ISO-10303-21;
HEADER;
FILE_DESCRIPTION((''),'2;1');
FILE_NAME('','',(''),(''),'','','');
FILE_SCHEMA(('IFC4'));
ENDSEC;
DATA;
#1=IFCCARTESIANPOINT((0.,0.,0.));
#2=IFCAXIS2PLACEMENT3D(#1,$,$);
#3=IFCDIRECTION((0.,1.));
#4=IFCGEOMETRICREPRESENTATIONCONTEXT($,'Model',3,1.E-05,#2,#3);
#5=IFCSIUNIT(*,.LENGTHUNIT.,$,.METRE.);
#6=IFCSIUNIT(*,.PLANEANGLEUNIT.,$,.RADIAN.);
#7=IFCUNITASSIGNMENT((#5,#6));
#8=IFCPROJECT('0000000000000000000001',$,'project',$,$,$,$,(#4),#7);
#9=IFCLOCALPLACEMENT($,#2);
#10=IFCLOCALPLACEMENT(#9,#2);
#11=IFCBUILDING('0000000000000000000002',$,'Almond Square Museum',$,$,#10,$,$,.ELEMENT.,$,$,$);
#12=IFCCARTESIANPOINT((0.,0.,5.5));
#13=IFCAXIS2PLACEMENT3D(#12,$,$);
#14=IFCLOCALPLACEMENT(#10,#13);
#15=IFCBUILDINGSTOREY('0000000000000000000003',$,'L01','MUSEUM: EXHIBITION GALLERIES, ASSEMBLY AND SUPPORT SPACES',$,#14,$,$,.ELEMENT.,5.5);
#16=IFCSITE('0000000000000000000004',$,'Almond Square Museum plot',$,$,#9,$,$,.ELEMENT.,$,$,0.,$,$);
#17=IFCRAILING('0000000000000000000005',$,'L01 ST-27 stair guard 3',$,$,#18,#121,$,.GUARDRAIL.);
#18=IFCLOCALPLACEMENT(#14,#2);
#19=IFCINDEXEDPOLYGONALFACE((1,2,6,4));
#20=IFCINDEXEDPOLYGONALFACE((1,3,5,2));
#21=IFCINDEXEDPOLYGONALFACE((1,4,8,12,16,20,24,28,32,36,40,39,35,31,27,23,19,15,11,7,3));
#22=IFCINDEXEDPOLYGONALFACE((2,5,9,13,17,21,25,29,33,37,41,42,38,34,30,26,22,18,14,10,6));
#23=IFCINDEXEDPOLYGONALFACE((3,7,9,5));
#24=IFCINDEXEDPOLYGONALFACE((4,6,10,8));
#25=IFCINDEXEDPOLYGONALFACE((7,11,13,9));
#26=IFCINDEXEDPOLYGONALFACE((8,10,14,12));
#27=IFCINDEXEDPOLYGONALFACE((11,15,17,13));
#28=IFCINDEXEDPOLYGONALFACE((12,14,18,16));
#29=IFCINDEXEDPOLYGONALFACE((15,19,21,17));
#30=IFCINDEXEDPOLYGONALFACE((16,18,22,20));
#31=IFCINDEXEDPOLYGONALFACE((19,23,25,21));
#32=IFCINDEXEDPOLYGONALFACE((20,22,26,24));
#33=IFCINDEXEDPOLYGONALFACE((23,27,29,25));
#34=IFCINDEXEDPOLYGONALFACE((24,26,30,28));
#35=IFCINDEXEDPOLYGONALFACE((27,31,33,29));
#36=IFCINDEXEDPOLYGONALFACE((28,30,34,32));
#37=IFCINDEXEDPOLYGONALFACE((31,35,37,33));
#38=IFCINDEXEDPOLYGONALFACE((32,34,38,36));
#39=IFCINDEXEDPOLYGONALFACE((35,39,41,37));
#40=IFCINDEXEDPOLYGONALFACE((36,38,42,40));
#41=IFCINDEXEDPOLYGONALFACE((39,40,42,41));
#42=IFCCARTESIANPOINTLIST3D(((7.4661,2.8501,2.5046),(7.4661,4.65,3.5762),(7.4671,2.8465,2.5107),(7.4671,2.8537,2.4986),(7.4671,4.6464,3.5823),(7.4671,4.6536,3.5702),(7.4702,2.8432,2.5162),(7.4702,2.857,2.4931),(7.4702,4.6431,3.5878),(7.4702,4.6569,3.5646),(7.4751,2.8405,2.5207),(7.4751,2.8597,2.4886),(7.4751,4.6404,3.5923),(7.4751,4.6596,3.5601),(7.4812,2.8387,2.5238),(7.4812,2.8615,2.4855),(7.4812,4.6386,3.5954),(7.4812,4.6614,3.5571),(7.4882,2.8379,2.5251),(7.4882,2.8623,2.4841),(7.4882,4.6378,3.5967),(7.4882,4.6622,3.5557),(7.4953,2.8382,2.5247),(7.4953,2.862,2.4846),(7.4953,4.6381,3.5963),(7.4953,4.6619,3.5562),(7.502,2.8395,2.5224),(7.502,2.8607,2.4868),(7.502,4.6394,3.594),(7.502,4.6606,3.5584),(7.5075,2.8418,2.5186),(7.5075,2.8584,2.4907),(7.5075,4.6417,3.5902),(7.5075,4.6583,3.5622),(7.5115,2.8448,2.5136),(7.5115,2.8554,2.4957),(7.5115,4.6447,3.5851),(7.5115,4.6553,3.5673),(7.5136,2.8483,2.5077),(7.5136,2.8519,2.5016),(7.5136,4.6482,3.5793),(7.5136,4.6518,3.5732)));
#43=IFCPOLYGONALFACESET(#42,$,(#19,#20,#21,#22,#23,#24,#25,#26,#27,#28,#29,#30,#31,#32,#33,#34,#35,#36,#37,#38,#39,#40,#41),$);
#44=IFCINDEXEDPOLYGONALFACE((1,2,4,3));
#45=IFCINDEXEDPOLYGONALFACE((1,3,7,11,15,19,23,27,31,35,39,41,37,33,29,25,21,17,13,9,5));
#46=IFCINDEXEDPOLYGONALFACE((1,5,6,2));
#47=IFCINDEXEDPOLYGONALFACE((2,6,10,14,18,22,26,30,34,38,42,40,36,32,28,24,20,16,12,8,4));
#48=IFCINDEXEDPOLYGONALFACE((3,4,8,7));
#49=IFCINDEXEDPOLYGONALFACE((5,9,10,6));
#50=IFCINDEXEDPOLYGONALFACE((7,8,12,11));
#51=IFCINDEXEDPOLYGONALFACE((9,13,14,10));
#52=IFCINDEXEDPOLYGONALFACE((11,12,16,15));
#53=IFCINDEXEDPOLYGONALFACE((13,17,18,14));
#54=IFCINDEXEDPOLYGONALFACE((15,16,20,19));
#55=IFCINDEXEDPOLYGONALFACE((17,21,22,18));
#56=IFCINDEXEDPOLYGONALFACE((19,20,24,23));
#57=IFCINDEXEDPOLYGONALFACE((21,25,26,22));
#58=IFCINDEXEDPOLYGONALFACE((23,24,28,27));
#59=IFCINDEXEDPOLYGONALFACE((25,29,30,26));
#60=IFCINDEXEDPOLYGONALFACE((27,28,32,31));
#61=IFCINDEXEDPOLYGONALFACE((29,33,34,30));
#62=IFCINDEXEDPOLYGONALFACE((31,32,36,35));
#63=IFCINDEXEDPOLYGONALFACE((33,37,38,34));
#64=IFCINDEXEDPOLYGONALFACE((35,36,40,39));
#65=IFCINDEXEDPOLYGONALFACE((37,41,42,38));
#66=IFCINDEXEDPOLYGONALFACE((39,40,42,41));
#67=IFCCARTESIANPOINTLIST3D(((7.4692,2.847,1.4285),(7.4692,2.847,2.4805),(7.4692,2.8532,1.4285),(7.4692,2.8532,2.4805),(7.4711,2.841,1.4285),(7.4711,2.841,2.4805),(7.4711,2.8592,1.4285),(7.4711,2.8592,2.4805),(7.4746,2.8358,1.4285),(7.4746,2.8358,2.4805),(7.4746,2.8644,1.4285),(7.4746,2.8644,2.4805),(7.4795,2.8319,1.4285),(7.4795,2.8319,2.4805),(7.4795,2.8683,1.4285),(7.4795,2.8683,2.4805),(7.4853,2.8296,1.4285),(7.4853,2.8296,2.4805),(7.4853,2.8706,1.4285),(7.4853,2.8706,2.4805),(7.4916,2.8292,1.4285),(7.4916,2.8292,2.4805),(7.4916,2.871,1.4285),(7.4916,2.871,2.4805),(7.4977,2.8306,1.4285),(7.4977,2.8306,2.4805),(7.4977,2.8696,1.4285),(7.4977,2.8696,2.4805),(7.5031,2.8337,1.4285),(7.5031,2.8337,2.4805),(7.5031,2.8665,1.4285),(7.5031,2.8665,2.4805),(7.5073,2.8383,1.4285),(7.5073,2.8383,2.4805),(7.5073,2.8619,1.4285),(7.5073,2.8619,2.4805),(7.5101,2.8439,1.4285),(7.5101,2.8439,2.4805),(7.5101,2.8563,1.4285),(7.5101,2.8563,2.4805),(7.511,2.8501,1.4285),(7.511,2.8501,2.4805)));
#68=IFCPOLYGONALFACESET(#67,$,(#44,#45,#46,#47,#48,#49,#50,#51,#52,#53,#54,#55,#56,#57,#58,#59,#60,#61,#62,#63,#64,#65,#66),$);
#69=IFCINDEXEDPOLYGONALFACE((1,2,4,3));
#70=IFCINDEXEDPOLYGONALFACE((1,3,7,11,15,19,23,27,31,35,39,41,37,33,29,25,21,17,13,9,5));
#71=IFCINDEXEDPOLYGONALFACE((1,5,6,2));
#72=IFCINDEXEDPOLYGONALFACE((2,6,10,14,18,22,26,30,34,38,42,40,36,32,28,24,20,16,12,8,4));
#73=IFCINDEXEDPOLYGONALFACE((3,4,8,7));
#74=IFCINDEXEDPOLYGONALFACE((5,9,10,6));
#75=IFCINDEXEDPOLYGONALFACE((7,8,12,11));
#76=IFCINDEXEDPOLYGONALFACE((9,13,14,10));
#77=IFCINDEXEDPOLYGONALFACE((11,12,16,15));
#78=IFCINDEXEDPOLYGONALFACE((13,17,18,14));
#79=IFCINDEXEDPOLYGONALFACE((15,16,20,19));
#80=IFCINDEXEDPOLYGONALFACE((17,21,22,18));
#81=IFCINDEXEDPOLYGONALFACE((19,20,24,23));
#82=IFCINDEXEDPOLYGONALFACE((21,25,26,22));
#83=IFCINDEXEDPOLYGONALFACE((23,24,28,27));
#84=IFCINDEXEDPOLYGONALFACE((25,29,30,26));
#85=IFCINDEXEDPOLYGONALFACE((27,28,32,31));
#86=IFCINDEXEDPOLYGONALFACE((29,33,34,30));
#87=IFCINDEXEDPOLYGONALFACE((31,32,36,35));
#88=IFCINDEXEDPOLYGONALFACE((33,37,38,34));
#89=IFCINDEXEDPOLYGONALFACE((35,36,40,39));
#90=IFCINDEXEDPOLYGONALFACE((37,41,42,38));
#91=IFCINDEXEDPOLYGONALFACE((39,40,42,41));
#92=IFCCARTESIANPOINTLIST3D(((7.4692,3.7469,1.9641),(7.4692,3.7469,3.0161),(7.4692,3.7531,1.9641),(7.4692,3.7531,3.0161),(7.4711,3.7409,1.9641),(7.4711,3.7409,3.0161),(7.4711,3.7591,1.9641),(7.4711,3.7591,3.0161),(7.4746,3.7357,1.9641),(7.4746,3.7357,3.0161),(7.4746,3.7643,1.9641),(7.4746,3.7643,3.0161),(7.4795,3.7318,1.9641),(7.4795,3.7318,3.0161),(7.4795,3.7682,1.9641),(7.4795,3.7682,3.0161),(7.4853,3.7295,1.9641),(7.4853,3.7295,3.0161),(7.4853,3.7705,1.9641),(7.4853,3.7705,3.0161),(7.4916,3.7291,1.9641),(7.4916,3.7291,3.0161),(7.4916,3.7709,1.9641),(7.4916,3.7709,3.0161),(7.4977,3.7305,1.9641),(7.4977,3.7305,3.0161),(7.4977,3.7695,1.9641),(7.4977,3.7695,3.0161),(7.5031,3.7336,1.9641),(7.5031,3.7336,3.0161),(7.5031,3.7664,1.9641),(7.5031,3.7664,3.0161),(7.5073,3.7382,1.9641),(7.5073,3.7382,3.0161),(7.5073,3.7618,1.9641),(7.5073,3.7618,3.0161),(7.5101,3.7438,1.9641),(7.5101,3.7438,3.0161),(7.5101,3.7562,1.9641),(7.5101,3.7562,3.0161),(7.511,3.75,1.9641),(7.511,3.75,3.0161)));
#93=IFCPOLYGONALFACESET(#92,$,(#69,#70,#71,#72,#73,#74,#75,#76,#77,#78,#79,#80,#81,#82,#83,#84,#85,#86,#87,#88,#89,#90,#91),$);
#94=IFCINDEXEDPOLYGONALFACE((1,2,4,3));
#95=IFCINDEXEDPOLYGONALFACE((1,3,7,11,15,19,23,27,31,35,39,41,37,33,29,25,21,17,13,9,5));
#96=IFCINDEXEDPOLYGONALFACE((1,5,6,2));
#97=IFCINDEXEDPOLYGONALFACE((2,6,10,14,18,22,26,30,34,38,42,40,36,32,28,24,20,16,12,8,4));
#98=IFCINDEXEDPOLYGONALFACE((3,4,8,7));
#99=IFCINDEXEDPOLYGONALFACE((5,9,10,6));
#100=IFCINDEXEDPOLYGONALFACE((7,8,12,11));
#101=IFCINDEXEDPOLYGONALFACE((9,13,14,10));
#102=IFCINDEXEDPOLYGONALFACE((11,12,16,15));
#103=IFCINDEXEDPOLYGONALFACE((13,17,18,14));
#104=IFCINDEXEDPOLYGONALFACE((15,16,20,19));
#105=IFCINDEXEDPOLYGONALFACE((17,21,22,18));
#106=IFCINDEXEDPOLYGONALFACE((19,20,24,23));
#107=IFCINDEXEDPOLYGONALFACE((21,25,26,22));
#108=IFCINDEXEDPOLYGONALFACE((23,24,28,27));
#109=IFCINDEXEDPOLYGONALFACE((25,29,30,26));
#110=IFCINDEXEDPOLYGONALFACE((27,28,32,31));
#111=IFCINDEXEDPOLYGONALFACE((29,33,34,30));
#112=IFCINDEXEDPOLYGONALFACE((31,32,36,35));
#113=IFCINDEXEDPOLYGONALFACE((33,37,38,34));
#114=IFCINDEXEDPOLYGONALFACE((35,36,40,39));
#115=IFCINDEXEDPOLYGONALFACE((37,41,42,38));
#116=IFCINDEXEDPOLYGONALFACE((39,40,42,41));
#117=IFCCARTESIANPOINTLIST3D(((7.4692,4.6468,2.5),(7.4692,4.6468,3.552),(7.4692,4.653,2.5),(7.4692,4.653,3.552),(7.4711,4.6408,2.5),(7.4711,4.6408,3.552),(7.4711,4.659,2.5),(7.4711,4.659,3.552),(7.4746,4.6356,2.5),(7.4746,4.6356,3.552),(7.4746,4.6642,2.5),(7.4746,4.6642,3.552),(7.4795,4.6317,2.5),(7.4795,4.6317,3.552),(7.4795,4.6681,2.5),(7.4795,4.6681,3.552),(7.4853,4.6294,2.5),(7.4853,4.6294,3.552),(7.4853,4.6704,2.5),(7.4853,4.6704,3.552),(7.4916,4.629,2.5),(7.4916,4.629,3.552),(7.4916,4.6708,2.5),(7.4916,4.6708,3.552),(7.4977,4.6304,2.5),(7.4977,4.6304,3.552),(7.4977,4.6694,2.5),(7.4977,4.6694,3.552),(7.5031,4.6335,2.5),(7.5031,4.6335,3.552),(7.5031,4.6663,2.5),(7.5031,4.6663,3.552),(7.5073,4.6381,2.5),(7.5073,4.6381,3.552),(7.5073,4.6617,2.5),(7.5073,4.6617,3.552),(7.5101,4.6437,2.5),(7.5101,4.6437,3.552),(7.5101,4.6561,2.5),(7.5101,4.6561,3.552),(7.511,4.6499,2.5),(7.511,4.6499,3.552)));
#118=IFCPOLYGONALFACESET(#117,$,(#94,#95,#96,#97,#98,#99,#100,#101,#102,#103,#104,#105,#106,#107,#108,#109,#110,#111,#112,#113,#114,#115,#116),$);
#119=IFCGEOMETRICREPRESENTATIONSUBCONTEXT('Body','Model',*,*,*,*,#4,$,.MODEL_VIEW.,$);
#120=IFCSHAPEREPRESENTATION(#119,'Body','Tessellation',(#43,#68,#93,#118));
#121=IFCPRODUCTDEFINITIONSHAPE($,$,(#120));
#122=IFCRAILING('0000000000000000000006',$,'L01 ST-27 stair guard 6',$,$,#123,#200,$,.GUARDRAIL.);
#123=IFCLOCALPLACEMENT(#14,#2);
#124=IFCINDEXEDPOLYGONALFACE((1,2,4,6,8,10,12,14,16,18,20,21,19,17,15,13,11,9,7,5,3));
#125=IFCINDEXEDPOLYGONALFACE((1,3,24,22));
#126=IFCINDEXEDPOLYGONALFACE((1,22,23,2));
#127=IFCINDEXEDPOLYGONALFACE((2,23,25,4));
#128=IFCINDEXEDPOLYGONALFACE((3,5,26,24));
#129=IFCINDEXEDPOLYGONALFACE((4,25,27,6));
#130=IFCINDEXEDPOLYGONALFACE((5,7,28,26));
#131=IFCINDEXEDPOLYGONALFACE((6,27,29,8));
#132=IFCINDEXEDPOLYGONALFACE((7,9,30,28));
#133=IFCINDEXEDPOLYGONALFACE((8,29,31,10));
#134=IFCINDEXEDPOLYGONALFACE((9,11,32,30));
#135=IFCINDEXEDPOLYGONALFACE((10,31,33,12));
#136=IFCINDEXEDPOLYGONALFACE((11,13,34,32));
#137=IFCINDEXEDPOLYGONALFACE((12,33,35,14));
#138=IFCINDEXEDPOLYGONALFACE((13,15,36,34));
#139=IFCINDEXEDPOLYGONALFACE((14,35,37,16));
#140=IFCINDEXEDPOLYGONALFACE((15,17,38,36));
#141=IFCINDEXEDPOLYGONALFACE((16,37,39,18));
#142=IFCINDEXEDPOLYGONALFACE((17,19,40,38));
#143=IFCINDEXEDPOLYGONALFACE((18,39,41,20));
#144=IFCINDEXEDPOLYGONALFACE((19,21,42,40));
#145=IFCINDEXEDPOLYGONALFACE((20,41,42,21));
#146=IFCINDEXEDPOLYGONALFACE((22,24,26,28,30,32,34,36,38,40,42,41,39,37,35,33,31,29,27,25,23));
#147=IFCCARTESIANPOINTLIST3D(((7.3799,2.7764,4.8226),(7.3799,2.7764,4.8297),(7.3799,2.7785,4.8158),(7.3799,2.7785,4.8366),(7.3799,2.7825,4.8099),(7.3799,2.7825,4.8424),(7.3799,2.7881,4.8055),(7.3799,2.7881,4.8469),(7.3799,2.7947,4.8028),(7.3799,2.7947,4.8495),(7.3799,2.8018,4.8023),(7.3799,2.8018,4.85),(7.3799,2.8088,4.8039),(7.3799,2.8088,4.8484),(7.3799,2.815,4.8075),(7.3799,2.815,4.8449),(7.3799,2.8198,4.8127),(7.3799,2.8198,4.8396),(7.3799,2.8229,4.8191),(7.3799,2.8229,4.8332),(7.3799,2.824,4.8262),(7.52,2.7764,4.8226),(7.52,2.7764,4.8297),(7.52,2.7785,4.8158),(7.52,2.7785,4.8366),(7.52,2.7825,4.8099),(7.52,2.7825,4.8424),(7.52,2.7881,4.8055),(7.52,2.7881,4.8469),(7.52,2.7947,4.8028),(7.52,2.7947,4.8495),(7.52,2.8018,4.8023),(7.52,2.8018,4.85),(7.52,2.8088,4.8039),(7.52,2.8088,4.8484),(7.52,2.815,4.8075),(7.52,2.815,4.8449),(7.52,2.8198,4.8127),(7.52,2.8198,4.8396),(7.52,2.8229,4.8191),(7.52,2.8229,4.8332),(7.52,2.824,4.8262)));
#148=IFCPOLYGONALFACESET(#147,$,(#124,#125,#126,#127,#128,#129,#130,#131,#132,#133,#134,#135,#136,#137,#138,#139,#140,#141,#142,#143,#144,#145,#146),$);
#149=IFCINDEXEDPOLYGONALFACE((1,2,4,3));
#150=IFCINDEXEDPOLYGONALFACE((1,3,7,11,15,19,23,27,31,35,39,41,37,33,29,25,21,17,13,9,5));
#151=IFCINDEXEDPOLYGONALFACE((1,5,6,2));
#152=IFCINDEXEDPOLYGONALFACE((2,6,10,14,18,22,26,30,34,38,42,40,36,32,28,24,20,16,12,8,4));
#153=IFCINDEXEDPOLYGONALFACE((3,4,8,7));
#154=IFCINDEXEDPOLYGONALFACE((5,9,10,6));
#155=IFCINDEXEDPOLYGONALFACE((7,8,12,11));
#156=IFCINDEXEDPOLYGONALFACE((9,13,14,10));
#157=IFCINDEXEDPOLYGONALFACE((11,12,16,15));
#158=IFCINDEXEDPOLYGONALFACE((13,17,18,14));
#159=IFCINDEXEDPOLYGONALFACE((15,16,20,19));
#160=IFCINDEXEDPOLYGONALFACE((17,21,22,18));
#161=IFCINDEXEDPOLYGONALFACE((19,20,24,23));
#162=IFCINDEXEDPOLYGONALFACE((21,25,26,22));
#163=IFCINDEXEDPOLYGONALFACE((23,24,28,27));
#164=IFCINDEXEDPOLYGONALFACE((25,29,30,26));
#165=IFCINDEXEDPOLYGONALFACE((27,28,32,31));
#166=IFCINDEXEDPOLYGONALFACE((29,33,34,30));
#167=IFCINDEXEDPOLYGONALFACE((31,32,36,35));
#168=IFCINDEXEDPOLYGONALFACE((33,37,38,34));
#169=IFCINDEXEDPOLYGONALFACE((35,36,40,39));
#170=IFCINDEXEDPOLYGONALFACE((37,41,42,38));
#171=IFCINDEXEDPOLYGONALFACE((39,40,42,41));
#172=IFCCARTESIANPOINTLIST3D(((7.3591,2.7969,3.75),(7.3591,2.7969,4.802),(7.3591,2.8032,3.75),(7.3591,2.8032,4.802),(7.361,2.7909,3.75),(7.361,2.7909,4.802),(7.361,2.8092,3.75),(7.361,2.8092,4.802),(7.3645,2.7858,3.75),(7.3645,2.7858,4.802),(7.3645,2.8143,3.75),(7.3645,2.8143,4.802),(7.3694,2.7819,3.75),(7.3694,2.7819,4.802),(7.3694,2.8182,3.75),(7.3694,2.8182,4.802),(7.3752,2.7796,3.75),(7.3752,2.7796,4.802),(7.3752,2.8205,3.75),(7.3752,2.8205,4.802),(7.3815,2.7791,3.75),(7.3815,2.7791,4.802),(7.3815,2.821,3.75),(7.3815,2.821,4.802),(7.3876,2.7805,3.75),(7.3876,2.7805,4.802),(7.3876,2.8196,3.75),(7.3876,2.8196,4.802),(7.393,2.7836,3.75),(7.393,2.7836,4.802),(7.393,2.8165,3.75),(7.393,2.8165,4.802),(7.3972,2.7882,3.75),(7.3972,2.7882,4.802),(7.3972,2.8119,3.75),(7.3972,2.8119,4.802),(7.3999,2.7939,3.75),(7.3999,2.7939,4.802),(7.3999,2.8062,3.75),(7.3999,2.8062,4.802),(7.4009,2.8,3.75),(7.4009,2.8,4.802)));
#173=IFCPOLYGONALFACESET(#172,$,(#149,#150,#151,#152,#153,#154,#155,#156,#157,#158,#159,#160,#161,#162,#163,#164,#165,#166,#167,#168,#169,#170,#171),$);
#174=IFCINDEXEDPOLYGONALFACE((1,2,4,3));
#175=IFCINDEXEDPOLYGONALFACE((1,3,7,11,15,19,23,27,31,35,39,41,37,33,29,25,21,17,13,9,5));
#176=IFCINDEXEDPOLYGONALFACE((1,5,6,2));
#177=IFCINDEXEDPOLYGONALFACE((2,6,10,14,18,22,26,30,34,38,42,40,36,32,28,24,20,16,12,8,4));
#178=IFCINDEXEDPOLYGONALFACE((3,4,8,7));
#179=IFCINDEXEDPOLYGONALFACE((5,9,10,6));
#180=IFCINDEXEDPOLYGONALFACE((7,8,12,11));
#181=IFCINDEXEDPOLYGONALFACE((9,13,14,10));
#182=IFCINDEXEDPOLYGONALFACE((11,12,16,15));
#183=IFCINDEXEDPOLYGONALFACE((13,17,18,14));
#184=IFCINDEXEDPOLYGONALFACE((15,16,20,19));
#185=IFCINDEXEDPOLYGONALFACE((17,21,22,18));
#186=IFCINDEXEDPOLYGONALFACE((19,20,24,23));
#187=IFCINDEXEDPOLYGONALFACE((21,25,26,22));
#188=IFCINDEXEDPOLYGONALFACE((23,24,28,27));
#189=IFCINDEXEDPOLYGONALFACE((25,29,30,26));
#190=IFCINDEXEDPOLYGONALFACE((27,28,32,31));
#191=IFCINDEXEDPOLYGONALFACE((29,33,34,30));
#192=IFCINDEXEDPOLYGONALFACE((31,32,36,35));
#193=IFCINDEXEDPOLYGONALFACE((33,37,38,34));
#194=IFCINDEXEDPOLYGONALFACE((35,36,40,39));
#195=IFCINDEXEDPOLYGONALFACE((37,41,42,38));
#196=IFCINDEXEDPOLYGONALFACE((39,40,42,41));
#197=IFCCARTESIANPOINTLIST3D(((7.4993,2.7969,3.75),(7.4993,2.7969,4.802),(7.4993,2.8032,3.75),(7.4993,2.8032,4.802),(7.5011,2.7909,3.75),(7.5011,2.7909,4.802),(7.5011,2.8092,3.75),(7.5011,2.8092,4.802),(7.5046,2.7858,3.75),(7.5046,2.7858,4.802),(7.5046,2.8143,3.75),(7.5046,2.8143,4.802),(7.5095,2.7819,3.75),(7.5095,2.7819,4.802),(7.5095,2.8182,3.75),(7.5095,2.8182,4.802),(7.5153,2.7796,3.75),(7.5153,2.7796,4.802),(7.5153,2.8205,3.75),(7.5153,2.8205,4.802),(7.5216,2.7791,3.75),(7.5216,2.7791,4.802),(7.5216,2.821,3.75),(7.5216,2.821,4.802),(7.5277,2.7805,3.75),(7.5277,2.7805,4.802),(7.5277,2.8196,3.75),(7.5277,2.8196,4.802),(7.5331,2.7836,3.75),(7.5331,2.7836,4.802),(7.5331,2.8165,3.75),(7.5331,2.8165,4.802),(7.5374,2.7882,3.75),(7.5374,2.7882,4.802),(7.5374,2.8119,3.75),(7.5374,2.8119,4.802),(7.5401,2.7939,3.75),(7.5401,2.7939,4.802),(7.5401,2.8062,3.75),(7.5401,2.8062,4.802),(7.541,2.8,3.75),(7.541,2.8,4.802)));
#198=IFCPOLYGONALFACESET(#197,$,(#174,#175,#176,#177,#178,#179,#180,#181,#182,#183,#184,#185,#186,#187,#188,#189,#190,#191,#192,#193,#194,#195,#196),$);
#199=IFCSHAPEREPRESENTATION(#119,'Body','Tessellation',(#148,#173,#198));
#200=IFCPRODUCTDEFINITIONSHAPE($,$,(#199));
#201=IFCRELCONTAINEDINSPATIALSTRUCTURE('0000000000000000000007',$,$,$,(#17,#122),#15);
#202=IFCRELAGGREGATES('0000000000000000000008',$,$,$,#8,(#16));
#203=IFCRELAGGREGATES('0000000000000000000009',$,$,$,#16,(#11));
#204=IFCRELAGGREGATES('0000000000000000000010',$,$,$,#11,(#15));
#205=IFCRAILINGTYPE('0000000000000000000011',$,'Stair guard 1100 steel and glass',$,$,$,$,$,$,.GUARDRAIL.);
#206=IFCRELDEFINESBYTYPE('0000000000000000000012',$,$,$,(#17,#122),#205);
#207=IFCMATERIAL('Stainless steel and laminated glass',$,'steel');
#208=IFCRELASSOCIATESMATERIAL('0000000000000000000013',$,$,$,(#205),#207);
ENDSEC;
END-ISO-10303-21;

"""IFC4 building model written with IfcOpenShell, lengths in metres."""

from ifc_helpers import new_model, si_unit, direction, frame, origin, origin_2d, place, context, subcontext, project, spatial, circle, extrude, material, type_object, element, save


model = new_model("IFC4")

# Units and contexts
model_context = context("Model", 3, precision=1e-05, world=origin(), true_north=direction((0.0, 1.0)))
body_context = subcontext(model_context, "Body", "Model", "MODEL_VIEW")
ifc_project = project(units=[si_unit("LENGTHUNIT", "METRE"), si_unit("PLANEANGLEUNIT", "RADIAN")], contexts=[model_context])

# Site, building, storey
site_placement = place(None, origin())
site = spatial("IfcSite", under=ifc_project, at=site_placement, Name="Almond Square Museum plot", CompositionType="ELEMENT", RefElevation=0.0)
building_placement = place(site_placement, origin())
building = spatial("IfcBuilding", under=site, at=building_placement, Name="Almond Square Museum", CompositionType="ELEMENT")
storey_placement = place(building_placement, frame((0.0, 0.0, 5.5)))
storey = spatial("IfcBuildingStorey", under=building, at=storey_placement, Name="L01", Description="MUSEUM: EXHIBITION GALLERIES, ASSEMBLY AND SUPPORT SPACES", CompositionType="ELEMENT", Elevation=5.5)

# Railings
ifc_material_1 = material(Name="Stainless steel and laminated glass", Category="steel")
railing_type = type_object("IfcRailingType", Name="Stair guard 1100 steel and glass", PredefinedType="GUARDRAIL", material=ifc_material_1)
railing_1_placement = place(storey_placement, frame((7.49, 2.8501, 1.4285)))
element("IfcRailing", 1, at=railing_1_placement, inside=storey, type_object=railing_type, Name="L01 ST-27 stair guard 3", PredefinedType="GUARDRAIL", context=body_context, shape_type="SweptSolid", body=[
    extrude(circle(Radius=0.0239, at=origin_2d()), frame((0.0, 0.0, 1.0762), z_axis=(0.0, 0.859247, 0.511562), x_axis=(-1.0, 0.0, 0.0)), (0.0, 0.0, 1.0), 2.0947),
    extrude(circle(Radius=0.021, at=origin_2d()), origin(), (0.0, 0.0, 1.0), 1.052),
    extrude(circle(Radius=0.021, at=origin_2d()), frame((0.0, 0.8999, 0.5356)), (0.0, 0.0, 1.0), 1.052),
    extrude(circle(Radius=0.021, at=origin_2d()), frame((0.0, 1.7998, 1.0715)), (0.0, 0.0, 1.0), 1.052),
])
railing_2_placement = place(storey_placement, frame((7.3799, 2.8, 3.75)))
element("IfcRailing", 2, at=railing_2_placement, inside=storey, type_object=railing_type, Name="L01 ST-27 stair guard 6", PredefinedType="GUARDRAIL", context=body_context, shape_type="SweptSolid", body=[
    extrude(circle(Radius=0.0239, at=origin_2d()), frame((0.0, 0.0, 1.0762), z_axis=(1.0, 0.0, 0.0), x_axis=(0.0, 1.0, 0.0)), (0.0, 0.0, 1.0), 0.1401),
    extrude(circle(Radius=0.021, at=origin_2d()), origin(), (0.0, 0.0, 1.0), 1.052),
    extrude(circle(Radius=0.021, at=origin_2d()), frame((0.1401, 0.0, 0.0)), (0.0, 0.0, 1.0), 1.052),
])

save(model, "model.ifc")
